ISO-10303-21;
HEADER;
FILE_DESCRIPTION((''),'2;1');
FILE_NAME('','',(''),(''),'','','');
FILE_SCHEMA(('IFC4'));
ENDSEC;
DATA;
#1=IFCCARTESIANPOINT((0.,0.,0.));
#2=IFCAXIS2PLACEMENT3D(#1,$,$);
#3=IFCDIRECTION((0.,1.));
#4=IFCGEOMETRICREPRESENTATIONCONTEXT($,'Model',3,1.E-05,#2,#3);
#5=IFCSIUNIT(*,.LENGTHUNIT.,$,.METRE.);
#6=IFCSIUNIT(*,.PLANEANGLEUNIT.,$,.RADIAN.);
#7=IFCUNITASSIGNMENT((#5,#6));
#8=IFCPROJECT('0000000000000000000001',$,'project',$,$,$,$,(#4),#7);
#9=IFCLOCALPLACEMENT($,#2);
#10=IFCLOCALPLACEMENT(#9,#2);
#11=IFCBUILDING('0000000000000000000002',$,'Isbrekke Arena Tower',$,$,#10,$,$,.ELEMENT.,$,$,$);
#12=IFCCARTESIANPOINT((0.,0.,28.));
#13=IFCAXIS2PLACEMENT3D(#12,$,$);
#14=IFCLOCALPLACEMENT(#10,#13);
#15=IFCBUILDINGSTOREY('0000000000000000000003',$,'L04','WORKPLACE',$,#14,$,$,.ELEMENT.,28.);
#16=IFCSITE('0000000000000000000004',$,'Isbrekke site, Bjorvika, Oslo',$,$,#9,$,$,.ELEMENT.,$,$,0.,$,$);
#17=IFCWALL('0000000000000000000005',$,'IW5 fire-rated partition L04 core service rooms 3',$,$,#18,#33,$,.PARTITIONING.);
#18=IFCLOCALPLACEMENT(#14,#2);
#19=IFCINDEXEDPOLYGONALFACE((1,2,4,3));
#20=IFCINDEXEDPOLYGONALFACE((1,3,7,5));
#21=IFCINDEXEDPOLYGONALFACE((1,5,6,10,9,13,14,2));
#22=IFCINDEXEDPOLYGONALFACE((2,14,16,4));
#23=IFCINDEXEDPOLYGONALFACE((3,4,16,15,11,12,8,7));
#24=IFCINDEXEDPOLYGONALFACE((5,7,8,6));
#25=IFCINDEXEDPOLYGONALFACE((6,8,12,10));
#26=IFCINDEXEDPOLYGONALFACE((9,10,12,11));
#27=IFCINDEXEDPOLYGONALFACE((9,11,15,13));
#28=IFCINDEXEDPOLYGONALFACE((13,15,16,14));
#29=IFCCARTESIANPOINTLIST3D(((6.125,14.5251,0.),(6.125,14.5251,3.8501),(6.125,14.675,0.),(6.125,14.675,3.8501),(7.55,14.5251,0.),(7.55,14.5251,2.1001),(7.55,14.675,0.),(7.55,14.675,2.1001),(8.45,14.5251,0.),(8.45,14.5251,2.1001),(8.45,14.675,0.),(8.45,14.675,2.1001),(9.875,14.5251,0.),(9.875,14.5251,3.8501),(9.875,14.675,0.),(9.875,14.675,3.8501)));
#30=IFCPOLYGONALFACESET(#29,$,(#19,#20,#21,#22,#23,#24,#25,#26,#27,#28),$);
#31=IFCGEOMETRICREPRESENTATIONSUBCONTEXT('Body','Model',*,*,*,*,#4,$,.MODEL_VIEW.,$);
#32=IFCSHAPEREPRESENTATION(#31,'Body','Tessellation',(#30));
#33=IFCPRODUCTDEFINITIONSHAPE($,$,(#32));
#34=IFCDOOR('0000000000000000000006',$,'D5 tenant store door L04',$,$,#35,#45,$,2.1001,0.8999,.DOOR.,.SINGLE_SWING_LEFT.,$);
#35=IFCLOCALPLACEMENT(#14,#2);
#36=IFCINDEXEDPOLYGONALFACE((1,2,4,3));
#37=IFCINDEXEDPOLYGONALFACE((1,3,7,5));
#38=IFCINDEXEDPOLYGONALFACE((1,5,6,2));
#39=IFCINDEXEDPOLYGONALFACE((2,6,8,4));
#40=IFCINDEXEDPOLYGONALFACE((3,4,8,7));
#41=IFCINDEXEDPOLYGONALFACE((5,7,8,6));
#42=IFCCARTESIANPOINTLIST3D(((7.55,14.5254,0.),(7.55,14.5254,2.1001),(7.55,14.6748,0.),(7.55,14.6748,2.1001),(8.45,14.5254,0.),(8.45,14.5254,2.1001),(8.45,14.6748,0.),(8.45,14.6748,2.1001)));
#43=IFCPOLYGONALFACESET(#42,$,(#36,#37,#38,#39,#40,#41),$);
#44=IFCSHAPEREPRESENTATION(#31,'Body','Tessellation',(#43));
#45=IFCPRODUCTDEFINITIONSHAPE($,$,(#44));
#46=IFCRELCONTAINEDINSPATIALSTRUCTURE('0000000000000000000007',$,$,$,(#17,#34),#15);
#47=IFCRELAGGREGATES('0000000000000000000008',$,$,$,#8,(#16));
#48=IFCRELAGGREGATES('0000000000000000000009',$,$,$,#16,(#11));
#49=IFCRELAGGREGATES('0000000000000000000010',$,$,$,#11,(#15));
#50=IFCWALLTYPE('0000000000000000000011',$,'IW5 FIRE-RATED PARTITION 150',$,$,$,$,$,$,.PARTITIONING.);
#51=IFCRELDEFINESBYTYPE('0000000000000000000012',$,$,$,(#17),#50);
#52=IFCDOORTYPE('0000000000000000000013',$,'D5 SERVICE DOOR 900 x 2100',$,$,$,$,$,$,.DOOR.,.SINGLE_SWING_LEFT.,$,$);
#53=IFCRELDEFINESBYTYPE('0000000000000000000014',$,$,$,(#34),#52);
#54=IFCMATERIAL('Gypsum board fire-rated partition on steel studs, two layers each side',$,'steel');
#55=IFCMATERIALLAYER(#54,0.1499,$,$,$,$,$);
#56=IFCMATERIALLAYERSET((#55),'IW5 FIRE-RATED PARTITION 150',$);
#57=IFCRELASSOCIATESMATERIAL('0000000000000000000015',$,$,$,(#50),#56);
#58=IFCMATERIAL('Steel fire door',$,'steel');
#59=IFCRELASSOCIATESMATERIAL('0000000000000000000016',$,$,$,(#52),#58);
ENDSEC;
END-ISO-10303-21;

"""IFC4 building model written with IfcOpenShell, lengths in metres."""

from ifc_helpers import new_model, si_unit, direction, frame, frame_2d, origin, place, context, subcontext, project, spatial, rectangle, extrude, material, layer, layer_set, type_object, element, fill, save


model = new_model("IFC4")

# Units and contexts
model_context = context("Model", 3, precision=1e-05, world=origin(), true_north=direction((0.0, 1.0)))
body_context = subcontext(model_context, "Body", "Model", "MODEL_VIEW")
ifc_project = project(units=[si_unit("LENGTHUNIT", "METRE"), si_unit("PLANEANGLEUNIT", "RADIAN")], contexts=[model_context])

# Site, building, storey
site_placement = place(None, origin())
site = spatial("IfcSite", under=ifc_project, at=site_placement, Name="Isbrekke site, Bjorvika, Oslo", CompositionType="ELEMENT", RefElevation=0.0)
building_placement = place(site_placement, origin())
building = spatial("IfcBuilding", under=site, at=building_placement, Name="Isbrekke Arena Tower", CompositionType="ELEMENT")
storey_placement = place(building_placement, frame((0.0, 0.0, 28.0)))
storey = spatial("IfcBuildingStorey", under=building, at=storey_placement, Name="L04", Description="WORKPLACE", CompositionType="ELEMENT", Elevation=28.0)

# Shared definitions
ifc_material_1 = material(Name="Gypsum board fire-rated partition on steel studs, two layers each side", Category="steel")
ifc_layer_1 = layer(ifc_material_1, 0.1499)
ifc_layer_set_1 = layer_set([ifc_layer_1], Name="IW5 FIRE-RATED PARTITION 150")
wall_type_1 = type_object("IfcWallType", Name="IW5 FIRE-RATED PARTITION 150", PredefinedType="PARTITIONING", material=ifc_layer_set_1)
ifc_material_2 = material(Name="Steel fire door", Category="steel")
door_type = type_object("IfcDoorType", Name="D5 SERVICE DOOR 900 x 2100", OperationType="SINGLE_SWING_LEFT", PredefinedType="DOOR", material=ifc_material_2)

# Wall, opening, door
wall_1_placement = place(storey_placement, frame((6.125, 14.6001, 0.0), z_axis=(0.0, 0.0, 1.0), x_axis=(1.0, 0.0, 0.0)))
wall_1 = element("IfcWall", 1, at=wall_1_placement, inside=storey, type_object=wall_type_1, Name="IW5 fire-rated partition L04 core service rooms 3", PredefinedType="PARTITIONING", context=body_context, shape_type="SweptSolid", body=[
    extrude(rectangle(XDim=3.75, YDim=0.1499, at=frame_2d((1.875, 0.0))), origin(), (0.0, 0.0, 1.0), 3.8501),
])
opening_1_placement = place(wall_1_placement, frame((1.425, 0.0, 0.0)))
opening_1 = element("IfcOpeningElement", 2, at=opening_1_placement, cuts=wall_1, PredefinedType="OPENING", context=body_context, shape_type="SweptSolid", body=[
    extrude(rectangle(XDim=0.8999, YDim=2.1001, at=frame_2d((0.45, 1.05))), frame((0.0, 0.0898, 0.0), z_axis=(0.0, -1.0, 0.0), x_axis=(1.0, 0.0, 0.0)), (0.0, 0.0, 1.0), 0.1797),
])
door_1_placement = place(opening_1_placement, origin())
door_1 = element("IfcDoor", 3, at=door_1_placement, inside=storey, type_object=door_type, Name="D5 tenant store door L04", OperationType="SINGLE_SWING_LEFT", OverallHeight=2.1001, OverallWidth=0.8999, PredefinedType="DOOR", context=body_context, shape_type="SweptSolid", body=[
    extrude(rectangle(XDim=0.8999, YDim=2.1001, at=frame_2d((0.45, 1.05))), frame((0.0, 0.0747, 0.0), z_axis=(0.0, -1.0, 0.0), x_axis=(1.0, 0.0, 0.0)), (0.0, 0.0, 1.0), 0.1494),
])
fill(opening_1, door_1)

save(model, "model.ifc")
